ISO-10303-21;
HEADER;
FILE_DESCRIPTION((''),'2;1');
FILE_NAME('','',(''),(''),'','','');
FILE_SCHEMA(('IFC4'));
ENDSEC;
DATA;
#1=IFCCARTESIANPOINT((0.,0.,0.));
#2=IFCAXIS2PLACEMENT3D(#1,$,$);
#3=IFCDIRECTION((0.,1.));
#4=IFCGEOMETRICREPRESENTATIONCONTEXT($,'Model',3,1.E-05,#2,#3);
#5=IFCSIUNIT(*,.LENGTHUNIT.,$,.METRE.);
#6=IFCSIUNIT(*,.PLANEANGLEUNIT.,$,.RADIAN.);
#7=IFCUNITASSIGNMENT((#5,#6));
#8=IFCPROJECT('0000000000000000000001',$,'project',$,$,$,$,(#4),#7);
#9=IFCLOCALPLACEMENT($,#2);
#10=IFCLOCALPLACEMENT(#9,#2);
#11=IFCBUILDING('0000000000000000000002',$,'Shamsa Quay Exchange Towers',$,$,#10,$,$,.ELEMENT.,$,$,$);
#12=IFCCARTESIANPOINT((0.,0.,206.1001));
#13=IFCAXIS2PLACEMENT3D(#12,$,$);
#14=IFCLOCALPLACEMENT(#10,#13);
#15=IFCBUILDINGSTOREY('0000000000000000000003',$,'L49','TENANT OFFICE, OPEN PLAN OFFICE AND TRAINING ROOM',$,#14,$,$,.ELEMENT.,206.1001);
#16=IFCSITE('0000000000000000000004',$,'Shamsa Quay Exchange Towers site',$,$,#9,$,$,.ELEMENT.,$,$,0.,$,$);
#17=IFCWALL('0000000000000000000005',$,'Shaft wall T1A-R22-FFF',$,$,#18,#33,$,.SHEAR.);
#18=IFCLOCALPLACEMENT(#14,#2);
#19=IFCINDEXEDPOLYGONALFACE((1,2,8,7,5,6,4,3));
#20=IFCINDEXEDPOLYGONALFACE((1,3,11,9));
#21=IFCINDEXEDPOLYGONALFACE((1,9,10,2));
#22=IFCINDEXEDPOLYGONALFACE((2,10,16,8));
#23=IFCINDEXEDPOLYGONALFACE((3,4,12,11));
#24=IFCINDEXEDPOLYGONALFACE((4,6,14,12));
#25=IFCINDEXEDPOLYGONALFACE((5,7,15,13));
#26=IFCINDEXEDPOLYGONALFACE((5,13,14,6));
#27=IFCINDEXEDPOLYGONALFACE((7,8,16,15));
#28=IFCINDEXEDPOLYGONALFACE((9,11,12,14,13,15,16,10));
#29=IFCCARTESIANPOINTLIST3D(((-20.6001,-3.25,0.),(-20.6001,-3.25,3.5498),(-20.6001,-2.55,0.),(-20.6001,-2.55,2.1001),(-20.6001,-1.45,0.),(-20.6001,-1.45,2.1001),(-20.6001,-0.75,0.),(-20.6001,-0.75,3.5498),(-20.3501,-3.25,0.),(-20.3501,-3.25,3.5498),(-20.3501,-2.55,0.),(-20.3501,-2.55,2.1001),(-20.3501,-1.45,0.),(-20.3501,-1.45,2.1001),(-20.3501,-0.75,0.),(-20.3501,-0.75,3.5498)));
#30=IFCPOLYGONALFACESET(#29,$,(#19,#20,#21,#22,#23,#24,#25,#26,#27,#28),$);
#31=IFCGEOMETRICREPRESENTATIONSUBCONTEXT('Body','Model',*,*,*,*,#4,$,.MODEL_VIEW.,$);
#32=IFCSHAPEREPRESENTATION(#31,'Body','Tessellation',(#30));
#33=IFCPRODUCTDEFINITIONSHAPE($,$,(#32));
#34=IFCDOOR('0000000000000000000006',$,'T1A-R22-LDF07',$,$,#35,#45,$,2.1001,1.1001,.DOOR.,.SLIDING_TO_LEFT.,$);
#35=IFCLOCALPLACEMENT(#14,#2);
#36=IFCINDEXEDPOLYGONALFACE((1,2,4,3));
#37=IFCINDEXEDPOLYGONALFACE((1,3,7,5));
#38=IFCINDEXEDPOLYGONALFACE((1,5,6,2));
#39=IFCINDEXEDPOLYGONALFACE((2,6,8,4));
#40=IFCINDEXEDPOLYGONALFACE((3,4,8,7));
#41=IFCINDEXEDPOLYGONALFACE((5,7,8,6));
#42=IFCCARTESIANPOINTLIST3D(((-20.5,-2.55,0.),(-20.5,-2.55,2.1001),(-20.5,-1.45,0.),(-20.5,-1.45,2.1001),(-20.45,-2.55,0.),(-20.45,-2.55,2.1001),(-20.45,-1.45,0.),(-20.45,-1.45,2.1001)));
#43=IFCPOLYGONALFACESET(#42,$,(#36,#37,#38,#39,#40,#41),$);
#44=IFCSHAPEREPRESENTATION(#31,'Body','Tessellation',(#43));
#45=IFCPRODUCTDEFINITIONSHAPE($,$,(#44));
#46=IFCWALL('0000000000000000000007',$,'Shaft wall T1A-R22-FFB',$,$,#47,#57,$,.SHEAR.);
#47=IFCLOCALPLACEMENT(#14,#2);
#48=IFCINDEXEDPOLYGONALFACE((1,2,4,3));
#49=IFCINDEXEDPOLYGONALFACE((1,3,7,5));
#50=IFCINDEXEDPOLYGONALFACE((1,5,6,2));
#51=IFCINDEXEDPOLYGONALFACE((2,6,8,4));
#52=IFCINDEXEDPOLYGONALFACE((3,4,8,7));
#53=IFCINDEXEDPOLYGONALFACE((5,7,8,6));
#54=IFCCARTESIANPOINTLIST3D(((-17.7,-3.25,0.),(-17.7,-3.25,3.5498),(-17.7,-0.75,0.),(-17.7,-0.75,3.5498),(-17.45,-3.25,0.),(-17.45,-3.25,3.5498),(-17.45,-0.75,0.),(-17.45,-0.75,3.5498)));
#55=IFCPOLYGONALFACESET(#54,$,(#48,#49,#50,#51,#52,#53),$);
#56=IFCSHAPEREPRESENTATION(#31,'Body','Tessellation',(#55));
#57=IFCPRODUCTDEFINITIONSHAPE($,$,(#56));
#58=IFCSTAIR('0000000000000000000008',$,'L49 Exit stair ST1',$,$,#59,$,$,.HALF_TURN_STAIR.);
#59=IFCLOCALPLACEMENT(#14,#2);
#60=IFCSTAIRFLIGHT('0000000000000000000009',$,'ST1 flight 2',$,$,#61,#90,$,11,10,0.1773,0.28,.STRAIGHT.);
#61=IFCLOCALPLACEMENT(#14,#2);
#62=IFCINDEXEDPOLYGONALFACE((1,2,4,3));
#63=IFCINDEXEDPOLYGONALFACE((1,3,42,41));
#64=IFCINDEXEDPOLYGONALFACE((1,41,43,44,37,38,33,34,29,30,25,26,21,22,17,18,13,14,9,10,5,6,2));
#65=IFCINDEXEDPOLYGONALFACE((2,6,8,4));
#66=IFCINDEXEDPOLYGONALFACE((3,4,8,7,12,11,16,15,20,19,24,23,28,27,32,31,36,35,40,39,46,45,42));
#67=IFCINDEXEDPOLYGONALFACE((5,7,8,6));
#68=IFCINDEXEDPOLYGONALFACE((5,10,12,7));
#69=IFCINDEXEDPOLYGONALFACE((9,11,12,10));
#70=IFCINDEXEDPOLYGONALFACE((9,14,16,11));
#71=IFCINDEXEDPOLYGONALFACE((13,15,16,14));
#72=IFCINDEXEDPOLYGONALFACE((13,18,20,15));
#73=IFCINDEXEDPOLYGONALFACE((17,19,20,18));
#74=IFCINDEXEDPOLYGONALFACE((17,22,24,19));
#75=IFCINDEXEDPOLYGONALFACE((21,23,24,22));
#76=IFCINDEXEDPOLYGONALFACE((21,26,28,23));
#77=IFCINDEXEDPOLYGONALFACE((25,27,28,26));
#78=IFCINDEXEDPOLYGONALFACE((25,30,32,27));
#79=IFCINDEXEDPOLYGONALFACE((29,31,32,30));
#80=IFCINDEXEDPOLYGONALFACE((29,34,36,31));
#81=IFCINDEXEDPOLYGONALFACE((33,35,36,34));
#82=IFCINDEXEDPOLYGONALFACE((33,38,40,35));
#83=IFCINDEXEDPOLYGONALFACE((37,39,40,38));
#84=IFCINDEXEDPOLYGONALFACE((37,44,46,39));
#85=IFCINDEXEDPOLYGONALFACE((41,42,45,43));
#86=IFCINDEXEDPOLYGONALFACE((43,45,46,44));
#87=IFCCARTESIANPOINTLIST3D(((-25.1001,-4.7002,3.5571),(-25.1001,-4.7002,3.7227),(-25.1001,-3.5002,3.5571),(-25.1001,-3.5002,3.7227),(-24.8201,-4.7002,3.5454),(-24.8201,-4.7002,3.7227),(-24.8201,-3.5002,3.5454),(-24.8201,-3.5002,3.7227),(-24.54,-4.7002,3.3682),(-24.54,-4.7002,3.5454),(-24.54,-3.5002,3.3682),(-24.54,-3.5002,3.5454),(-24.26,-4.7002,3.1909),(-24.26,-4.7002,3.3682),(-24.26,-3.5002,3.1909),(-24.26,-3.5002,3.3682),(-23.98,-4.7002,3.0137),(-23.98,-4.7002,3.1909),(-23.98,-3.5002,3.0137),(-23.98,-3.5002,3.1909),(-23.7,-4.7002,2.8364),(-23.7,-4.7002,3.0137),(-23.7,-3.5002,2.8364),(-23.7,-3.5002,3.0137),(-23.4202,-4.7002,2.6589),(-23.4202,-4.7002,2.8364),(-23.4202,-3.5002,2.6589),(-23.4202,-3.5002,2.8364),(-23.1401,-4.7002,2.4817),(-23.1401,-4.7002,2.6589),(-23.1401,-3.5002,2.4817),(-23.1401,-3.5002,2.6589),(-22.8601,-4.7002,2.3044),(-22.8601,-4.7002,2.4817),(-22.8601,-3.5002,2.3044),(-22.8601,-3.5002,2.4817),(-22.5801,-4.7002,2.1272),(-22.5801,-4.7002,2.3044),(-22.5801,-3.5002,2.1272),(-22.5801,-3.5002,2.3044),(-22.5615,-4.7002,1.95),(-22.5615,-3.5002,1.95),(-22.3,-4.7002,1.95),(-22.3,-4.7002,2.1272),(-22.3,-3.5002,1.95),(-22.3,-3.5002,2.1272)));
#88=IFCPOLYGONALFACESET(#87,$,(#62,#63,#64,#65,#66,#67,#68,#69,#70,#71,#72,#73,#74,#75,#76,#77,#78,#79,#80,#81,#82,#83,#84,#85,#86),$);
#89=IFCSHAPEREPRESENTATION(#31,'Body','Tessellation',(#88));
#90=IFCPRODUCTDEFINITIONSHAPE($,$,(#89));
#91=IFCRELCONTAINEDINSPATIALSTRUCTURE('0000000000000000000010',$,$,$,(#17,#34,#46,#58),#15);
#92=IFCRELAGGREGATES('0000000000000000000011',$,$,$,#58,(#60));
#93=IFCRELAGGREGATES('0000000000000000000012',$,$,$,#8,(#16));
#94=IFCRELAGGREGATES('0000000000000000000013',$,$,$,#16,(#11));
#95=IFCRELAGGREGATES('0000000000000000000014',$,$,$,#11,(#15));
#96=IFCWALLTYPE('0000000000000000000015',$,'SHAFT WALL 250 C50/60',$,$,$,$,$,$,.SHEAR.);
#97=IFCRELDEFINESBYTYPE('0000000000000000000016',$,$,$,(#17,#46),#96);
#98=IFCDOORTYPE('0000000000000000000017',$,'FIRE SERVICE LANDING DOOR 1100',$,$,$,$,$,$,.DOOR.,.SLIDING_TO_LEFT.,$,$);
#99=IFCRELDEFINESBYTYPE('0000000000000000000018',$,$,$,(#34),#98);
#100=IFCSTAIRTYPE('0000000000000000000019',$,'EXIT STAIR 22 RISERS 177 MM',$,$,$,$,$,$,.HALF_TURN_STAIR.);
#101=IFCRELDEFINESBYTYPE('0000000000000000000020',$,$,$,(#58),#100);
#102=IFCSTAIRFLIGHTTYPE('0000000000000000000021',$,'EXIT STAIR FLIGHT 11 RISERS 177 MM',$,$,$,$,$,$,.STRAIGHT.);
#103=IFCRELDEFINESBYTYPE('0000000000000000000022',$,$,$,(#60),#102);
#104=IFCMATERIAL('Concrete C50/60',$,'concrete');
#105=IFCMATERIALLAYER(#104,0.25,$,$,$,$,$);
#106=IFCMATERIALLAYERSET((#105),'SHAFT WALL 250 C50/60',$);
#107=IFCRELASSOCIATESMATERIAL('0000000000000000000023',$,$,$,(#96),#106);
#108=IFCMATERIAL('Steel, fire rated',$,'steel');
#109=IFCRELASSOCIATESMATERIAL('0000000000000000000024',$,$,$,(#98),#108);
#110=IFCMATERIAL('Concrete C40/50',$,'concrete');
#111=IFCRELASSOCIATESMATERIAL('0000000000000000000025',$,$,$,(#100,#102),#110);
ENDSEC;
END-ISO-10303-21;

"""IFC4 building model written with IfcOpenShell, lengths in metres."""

from ifc_helpers import new_model, si_unit, direction, frame, frame_2d, origin, place, context, subcontext, project, spatial, polyline, rectangle, outline, extrude, material, layer, layer_set, type_object, element, fill, aggregate, save


model = new_model("IFC4")

# Units and contexts
model_context = context("Model", 3, precision=1e-05, world=origin(), true_north=direction((0.0, 1.0)))
body_context = subcontext(model_context, "Body", "Model", "MODEL_VIEW")
ifc_project = project(units=[si_unit("LENGTHUNIT", "METRE"), si_unit("PLANEANGLEUNIT", "RADIAN")], contexts=[model_context])

# Site, building, storey
site_placement = place(None, origin())
site = spatial("IfcSite", under=ifc_project, at=site_placement, Name="Shamsa Quay Exchange Towers site", CompositionType="ELEMENT", RefElevation=0.0)
building_placement = place(site_placement, origin())
building = spatial("IfcBuilding", under=site, at=building_placement, Name="Shamsa Quay Exchange Towers", CompositionType="ELEMENT")
storey_placement = place(building_placement, frame((0.0, 0.0, 206.1001)))
storey = spatial("IfcBuildingStorey", under=building, at=storey_placement, Name="L49", Description="TENANT OFFICE, OPEN PLAN OFFICE AND TRAINING ROOM", CompositionType="ELEMENT", Elevation=206.1001)

# Shared definitions
ifc_material_1 = material(Name="Concrete C50/60", Category="concrete")
ifc_layer_1 = layer(ifc_material_1, 0.25)
ifc_layer_set_1 = layer_set([ifc_layer_1], Name="SHAFT WALL 250 C50/60")
wall_type_1 = type_object("IfcWallType", Name="SHAFT WALL 250 C50/60", PredefinedType="SHEAR", material=ifc_layer_set_1)
ifc_material_2 = material(Name="Steel, fire rated", Category="steel")

# Wall, opening, door
wall_1_placement = place(storey_placement, frame((-20.4751, -3.25, 0.0), z_axis=(0.0, 0.0, 1.0), x_axis=(0.0, 1.0, 0.0)))
wall_1 = element("IfcWall", 1, at=wall_1_placement, inside=storey, type_object=wall_type_1, Name="Shaft wall T1A-R22-FFF", PredefinedType="SHEAR", context=body_context, shape_type="SweptSolid", body=[
    extrude(rectangle(XDim=2.5, YDim=0.25, at=frame_2d((1.25, 0.0))), origin(), (0.0, 0.0, 1.0), 3.5498),
])
opening_1_placement = place(wall_1_placement, frame((0.7, 0.0, 0.0)))
opening_1 = element("IfcOpeningElement", 2, at=opening_1_placement, cuts=wall_1, PredefinedType="OPENING", context=body_context, shape_type="SweptSolid", body=[
    extrude(rectangle(XDim=1.1001, YDim=2.1001, at=frame_2d((0.55, 1.05))), frame((0.0, 0.135, 0.0), z_axis=(0.0, -1.0, 0.0), x_axis=(1.0, 0.0, 0.0)), (0.0, 0.0, 1.0), 0.27),
])
door_type_1 = type_object("IfcDoorType", Name="FIRE SERVICE LANDING DOOR 1100", OperationType="SLIDING_TO_LEFT", PredefinedType="DOOR", material=ifc_material_2)
door_1_placement = place(opening_1_placement, origin())
door_1 = element("IfcDoor", 3, at=door_1_placement, inside=storey, type_object=door_type_1, Name="T1A-R22-LDF07", OperationType="SLIDING_TO_LEFT", OverallHeight=2.1001, OverallWidth=1.1001, PredefinedType="DOOR", context=body_context, shape_type="SweptSolid", body=[
    extrude(rectangle(XDim=1.1001, YDim=2.1001, at=frame_2d((0.55, 1.05))), frame((0.0, 0.0249, 0.0), z_axis=(0.0, -1.0, 0.0), x_axis=(1.0, 0.0, 0.0)), (0.0, 0.0, 1.0), 0.05),
])
fill(opening_1, door_1)

# Wall
wall_2_placement = place(storey_placement, frame((-17.575, -3.25, 0.0), z_axis=(0.0, 0.0, 1.0), x_axis=(0.0, 1.0, 0.0)))
element("IfcWall", 4, at=wall_2_placement, inside=storey, type_object=wall_type_1, Name="Shaft wall T1A-R22-FFB", PredefinedType="SHEAR", context=body_context, shape_type="SweptSolid", body=[
    extrude(rectangle(XDim=2.5, YDim=0.25, at=frame_2d((1.25, 0.0))), origin(), (0.0, 0.0, 1.0), 3.5498),
])

# Stair, stair flight
ifc_material_3 = material(Name="Concrete C40/50", Category="concrete")
stair_type = type_object("IfcStairType", Name="EXIT STAIR 22 RISERS 177 MM", PredefinedType="HALF_TURN_STAIR", material=ifc_material_3)
stair_placement = place(storey_placement, origin())
stair = element("IfcStair", 5, at=stair_placement, inside=storey, type_object=stair_type, Name="L49 Exit stair ST1", PredefinedType="HALF_TURN_STAIR")
stair_flight_type = type_object("IfcStairFlightType", Name="EXIT STAIR FLIGHT 11 RISERS 177 MM", PredefinedType="STRAIGHT", material=ifc_material_3)
stair_flight_placement = place(storey_placement, frame((-22.3, -4.1001, 1.95), z_axis=(0.0, 0.0, 1.0), x_axis=(-1.0, 0.0, 0.0)))
stair_flight = element("IfcStairFlight", 6, at=stair_flight_placement, type_object=stair_flight_type, Name="ST1 flight 2", NumberOfRisers=11, NumberOfTreads=10, PredefinedType="STRAIGHT", RiserHeight=0.1773, TreadLength=0.28, context=body_context, shape_type="SweptSolid", body=[
    extrude(outline(polyline([(0.0, 0.0), (0.0, 0.1772), (0.28, 0.1772), (0.28, 0.3545), (0.5601, 0.3545), (0.5601, 0.5317), (0.8401, 0.5317), (0.8401, 0.709), (1.1201, 0.709), (1.1201, 0.8865), (1.3999, 0.8865), (1.3999, 1.0637), (1.6799, 1.0637), (1.6799, 1.241), (1.96, 1.241), (1.96, 1.4182), (2.24, 1.4182), (2.24, 1.5955), (2.52, 1.5955), (2.52, 1.7727), (2.8, 1.7727), (2.8, 1.95), (2.8, 1.6072), (0.2615, 0.0), (0.0, 0.0)])), frame((0.0, 0.6001, 0.0), z_axis=(0.0, -1.0, 0.0), x_axis=(1.0, 0.0, 0.0)), (0.0, 0.0, 1.0), 1.2),
])
aggregate(stair, [stair_flight])

save(model, "model.ifc")
